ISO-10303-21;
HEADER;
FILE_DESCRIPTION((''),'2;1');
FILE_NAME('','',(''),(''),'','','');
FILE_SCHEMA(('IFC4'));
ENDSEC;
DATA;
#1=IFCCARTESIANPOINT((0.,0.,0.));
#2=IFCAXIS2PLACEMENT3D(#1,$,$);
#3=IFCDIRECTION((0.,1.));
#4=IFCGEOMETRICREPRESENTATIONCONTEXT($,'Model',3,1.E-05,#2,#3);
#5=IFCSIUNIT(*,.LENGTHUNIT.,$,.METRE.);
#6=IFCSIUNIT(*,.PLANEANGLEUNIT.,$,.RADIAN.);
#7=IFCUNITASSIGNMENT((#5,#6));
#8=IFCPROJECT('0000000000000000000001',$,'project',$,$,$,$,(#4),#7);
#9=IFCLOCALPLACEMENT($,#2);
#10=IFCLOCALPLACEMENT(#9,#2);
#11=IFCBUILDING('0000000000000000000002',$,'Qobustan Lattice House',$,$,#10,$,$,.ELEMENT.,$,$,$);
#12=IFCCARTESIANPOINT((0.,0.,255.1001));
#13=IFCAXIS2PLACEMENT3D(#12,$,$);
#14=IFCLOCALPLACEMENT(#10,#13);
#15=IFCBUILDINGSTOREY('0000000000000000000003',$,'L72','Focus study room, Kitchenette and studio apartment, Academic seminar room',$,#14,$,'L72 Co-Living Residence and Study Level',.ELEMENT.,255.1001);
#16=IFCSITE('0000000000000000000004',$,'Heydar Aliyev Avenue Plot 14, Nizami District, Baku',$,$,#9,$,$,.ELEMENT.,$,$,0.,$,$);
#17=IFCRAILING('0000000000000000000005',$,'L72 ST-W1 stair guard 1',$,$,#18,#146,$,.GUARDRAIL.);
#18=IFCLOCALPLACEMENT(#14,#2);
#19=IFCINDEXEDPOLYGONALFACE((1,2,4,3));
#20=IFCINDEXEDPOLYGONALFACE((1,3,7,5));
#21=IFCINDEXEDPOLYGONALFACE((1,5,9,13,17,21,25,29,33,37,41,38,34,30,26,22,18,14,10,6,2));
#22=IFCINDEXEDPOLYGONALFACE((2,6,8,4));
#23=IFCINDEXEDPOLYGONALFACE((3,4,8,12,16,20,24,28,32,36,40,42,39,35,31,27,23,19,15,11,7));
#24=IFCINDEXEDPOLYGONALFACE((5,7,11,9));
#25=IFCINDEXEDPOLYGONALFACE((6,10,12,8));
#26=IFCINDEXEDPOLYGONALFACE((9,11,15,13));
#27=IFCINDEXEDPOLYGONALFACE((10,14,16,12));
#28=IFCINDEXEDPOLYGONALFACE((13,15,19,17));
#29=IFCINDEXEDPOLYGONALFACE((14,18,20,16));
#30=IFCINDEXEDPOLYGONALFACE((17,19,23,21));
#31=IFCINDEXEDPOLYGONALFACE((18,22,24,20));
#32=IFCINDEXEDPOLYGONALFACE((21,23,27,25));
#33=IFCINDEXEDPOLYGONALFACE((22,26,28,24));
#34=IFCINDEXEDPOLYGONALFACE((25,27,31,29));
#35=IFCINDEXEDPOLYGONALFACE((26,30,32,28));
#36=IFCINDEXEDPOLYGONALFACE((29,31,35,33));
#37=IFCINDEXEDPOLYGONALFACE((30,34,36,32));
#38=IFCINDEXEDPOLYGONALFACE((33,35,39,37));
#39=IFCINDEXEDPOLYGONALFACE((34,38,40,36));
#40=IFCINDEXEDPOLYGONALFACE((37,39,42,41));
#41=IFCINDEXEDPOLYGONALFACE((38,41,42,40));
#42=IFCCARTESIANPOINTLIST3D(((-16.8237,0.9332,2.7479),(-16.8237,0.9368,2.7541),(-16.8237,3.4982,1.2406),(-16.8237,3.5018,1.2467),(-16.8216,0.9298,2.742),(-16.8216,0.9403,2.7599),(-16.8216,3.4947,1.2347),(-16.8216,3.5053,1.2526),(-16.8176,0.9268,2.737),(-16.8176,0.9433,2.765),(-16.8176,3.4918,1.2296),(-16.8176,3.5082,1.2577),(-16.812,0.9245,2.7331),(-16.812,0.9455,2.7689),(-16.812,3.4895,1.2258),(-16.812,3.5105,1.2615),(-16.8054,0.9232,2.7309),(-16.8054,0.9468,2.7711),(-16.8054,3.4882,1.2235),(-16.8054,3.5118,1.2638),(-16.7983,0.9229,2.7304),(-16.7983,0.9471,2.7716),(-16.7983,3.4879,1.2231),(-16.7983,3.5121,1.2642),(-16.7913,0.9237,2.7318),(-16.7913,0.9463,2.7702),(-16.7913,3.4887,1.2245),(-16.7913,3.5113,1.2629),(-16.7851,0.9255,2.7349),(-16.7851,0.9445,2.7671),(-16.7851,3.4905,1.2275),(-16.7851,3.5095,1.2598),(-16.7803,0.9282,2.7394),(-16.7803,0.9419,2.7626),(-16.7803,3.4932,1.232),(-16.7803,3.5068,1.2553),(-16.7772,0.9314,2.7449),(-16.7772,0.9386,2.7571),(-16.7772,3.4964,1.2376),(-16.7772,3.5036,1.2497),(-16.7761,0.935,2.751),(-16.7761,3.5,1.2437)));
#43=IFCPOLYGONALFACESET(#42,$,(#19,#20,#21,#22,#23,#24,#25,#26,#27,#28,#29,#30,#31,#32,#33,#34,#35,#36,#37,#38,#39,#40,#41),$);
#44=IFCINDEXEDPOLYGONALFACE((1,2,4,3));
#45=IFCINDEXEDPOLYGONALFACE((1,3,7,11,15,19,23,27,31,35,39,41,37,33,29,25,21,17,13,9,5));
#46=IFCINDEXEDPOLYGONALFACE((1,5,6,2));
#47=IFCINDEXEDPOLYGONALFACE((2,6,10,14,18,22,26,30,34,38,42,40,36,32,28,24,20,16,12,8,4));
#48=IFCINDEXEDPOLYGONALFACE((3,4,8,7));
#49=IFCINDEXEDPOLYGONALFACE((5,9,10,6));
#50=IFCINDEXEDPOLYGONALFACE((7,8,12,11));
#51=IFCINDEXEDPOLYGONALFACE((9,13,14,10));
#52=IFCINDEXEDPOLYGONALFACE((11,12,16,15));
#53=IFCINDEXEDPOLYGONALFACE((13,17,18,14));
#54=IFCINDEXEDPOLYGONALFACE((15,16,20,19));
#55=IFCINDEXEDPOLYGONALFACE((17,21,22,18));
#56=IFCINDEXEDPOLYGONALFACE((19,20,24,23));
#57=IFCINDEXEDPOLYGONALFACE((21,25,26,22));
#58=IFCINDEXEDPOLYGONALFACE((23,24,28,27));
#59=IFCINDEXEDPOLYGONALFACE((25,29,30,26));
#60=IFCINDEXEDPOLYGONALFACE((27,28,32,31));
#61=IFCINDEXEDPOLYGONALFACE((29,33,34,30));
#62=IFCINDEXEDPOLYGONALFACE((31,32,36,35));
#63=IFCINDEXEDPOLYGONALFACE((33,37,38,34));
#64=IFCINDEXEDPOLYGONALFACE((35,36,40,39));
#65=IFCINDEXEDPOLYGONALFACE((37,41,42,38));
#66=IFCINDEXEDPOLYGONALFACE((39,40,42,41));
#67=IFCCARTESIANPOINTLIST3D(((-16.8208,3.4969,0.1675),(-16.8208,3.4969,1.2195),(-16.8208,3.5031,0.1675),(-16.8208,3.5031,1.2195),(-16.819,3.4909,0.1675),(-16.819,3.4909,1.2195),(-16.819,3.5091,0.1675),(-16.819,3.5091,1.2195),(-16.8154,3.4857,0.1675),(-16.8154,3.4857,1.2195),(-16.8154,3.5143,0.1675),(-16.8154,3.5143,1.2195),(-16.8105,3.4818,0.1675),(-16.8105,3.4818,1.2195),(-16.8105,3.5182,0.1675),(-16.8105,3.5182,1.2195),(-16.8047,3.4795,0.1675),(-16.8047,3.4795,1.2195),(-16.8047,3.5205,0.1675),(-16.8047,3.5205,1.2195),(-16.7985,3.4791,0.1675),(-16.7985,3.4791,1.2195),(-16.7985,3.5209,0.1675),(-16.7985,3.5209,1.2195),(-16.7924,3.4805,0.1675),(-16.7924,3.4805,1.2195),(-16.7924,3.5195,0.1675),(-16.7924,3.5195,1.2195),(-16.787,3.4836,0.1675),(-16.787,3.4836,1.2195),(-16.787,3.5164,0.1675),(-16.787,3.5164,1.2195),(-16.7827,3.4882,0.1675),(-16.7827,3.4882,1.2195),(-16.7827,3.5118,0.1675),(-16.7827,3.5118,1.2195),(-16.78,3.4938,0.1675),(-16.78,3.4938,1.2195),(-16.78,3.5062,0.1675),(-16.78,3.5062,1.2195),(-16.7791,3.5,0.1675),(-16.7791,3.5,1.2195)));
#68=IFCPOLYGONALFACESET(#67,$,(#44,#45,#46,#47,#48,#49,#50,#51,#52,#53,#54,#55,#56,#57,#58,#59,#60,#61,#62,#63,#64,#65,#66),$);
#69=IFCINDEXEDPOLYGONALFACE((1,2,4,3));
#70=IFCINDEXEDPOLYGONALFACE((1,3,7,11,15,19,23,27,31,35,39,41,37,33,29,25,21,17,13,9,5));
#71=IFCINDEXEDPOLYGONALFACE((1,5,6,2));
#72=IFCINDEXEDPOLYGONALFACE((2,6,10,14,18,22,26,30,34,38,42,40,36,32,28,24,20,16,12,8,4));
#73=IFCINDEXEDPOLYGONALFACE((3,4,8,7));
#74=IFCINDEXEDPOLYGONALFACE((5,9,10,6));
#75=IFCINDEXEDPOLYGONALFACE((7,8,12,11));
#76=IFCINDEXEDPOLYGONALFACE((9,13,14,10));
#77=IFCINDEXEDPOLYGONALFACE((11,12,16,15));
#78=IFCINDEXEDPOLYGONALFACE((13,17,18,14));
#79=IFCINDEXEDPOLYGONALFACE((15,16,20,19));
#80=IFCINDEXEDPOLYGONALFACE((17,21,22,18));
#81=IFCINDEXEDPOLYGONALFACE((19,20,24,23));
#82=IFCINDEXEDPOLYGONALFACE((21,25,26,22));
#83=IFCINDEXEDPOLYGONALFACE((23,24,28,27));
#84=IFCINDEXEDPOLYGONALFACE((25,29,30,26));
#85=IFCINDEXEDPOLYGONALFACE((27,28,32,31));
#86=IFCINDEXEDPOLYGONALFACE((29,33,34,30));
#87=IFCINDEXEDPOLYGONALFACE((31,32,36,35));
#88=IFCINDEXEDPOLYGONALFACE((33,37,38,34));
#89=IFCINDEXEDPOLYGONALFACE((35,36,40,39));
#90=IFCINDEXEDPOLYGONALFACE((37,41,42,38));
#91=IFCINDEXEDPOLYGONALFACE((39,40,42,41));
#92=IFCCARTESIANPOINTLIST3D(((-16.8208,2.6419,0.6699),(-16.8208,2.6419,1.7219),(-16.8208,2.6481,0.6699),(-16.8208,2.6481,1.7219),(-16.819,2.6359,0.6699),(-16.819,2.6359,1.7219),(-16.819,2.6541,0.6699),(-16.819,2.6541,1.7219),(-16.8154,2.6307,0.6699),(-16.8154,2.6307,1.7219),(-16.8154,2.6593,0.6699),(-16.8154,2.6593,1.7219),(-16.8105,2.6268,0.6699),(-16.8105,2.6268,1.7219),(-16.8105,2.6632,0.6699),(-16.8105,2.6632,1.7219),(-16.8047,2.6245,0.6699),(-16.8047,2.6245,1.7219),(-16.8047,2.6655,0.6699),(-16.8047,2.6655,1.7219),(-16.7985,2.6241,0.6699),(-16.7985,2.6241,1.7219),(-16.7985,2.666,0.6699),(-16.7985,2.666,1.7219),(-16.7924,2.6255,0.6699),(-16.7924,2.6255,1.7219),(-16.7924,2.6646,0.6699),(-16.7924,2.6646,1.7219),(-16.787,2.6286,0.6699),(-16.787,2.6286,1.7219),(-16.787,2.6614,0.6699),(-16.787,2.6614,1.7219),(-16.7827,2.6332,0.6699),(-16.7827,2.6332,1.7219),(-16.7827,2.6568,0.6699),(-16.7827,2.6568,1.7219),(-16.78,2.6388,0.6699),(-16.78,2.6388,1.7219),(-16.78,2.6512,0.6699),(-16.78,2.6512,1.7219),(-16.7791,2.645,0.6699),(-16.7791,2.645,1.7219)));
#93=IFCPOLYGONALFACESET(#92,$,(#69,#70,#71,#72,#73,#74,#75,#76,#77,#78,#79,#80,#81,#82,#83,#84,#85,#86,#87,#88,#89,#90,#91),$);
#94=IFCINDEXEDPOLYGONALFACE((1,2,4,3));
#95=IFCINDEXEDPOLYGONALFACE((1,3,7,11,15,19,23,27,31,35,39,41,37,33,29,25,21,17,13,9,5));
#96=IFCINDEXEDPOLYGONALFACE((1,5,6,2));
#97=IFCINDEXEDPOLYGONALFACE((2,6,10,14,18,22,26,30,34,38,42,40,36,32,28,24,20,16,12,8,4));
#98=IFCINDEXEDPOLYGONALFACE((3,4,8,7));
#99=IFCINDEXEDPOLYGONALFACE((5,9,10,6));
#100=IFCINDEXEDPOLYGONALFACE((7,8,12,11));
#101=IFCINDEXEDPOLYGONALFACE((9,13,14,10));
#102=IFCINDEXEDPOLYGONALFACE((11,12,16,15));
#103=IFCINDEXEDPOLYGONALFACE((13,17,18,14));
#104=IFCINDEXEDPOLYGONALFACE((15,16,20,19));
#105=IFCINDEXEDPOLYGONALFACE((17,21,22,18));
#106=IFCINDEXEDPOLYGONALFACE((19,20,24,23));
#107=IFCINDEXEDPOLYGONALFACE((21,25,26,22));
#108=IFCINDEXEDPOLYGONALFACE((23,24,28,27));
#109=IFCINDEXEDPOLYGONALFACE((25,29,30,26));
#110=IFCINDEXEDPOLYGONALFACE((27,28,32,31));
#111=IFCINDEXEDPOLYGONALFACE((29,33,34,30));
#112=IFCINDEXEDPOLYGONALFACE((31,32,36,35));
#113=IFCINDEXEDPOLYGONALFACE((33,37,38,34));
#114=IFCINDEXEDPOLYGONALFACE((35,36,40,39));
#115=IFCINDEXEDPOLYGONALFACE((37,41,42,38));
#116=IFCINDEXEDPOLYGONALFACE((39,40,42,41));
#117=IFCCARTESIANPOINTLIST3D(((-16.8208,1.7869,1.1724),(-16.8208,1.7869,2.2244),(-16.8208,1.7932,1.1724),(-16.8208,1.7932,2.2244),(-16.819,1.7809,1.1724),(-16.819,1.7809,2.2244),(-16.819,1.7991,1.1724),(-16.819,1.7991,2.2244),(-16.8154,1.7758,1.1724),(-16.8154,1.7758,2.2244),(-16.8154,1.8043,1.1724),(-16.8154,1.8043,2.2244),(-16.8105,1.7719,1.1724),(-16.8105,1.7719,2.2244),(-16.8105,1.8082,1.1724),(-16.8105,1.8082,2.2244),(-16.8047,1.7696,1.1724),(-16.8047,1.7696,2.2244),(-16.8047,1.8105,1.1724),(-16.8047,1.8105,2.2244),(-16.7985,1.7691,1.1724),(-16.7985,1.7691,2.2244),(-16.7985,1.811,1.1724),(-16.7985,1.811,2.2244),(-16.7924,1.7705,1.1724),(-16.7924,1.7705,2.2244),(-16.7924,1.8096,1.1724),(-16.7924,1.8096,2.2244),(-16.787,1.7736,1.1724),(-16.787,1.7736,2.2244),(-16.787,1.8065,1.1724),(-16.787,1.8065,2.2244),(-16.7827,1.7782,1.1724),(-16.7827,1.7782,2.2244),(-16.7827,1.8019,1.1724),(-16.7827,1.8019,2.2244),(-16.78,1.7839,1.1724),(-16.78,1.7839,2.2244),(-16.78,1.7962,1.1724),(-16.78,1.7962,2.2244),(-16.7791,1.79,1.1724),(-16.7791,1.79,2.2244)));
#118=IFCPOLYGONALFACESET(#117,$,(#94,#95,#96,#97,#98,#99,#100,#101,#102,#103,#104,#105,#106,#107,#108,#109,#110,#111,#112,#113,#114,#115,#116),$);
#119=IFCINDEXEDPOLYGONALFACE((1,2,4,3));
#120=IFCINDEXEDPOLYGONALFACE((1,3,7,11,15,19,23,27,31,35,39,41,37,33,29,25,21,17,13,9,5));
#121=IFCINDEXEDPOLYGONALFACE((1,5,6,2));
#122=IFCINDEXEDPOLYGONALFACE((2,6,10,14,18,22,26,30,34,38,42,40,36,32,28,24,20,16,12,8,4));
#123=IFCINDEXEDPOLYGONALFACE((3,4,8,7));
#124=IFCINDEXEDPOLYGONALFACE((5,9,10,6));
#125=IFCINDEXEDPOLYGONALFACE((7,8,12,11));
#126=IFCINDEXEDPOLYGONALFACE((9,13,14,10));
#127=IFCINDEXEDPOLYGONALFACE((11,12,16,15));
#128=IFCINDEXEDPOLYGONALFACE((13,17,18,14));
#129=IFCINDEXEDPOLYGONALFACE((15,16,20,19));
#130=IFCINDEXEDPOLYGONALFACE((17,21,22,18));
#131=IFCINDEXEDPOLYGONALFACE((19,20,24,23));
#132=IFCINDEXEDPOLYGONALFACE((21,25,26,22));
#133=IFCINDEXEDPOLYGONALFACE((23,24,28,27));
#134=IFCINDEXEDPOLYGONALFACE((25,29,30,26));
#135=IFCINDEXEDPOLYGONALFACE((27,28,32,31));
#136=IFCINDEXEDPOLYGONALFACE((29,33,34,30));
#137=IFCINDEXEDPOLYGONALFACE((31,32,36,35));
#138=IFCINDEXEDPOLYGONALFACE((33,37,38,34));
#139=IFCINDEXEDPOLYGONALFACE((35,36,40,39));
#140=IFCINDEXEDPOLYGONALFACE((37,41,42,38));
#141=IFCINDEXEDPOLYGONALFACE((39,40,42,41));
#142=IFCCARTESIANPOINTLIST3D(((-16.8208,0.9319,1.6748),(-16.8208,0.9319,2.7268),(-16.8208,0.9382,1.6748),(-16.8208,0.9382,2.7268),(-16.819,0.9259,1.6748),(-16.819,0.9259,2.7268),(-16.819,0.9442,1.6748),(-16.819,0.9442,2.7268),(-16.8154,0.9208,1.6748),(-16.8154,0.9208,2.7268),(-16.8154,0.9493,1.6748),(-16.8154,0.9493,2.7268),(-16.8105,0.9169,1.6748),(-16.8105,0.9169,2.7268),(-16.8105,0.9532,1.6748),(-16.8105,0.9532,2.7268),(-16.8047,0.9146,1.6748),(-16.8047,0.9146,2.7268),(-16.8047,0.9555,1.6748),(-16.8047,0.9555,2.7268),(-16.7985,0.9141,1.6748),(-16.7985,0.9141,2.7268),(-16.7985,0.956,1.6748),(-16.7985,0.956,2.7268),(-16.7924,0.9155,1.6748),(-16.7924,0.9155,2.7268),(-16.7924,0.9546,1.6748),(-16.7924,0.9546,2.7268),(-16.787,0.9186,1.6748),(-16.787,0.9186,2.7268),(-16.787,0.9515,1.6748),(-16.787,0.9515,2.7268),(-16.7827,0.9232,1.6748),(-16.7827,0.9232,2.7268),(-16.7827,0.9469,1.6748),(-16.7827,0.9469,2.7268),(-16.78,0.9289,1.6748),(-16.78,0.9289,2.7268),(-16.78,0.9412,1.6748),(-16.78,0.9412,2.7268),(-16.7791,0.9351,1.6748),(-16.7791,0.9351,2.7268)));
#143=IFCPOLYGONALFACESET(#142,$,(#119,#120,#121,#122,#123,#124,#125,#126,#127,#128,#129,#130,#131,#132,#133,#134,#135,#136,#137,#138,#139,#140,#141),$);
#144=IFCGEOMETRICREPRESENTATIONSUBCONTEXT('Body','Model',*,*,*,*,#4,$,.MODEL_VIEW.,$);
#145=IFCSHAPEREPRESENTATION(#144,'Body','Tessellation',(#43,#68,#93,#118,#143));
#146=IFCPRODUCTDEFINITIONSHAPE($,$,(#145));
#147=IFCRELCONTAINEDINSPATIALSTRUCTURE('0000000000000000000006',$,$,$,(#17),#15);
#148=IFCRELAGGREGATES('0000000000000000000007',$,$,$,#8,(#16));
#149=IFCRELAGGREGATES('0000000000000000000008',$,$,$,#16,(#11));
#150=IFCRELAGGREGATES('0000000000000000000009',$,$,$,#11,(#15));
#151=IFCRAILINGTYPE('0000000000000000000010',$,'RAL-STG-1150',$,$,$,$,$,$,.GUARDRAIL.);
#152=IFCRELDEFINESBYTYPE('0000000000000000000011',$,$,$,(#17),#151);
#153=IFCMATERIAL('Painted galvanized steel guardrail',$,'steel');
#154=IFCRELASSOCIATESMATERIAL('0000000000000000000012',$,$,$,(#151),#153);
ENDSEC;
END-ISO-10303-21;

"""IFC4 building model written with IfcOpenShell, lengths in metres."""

from ifc_helpers import new_model, si_unit, direction, frame, origin, origin_2d, place, context, subcontext, project, spatial, circle, extrude, material, type_object, element, save


model = new_model("IFC4")

# Units and contexts
model_context = context("Model", 3, precision=1e-05, world=origin(), true_north=direction((0.0, 1.0)))
body_context = subcontext(model_context, "Body", "Model", "MODEL_VIEW")
ifc_project = project(units=[si_unit("LENGTHUNIT", "METRE"), si_unit("PLANEANGLEUNIT", "RADIAN")], contexts=[model_context])

# Site, building, storey
site_placement = place(None, origin())
site = spatial("IfcSite", under=ifc_project, at=site_placement, Name="Heydar Aliyev Avenue Plot 14, Nizami District, Baku", CompositionType="ELEMENT", RefElevation=0.0)
building_placement = place(site_placement, origin())
building = spatial("IfcBuilding", under=site, at=building_placement, Name="Qobustan Lattice House", CompositionType="ELEMENT")
storey_placement = place(building_placement, frame((0.0, 0.0, 255.1001)))
storey = spatial("IfcBuildingStorey", under=building, at=storey_placement, Name="L72", Description="Focus study room, Kitchenette and studio apartment, Academic seminar room", LongName="L72 Co-Living Residence and Study Level", CompositionType="ELEMENT", Elevation=255.1001)

# Railing
ifc_material_1 = material(Name="Painted galvanized steel guardrail", Category="steel")
railing_type = type_object("IfcRailingType", Name="RAL-STG-1150", PredefinedType="GUARDRAIL", material=ifc_material_1)
railing_1_placement = place(storey_placement, frame((-16.8, 3.5, 0.1675)))
element("IfcRailing", 1, at=railing_1_placement, inside=storey, type_object=railing_type, Name="L72 ST-W1 stair guard 1", PredefinedType="GUARDRAIL", context=body_context, shape_type="SweptSolid", body=[
    extrude(circle(Radius=0.0239, at=origin_2d()), frame((0.0, 0.0, 1.0762), z_axis=(0.0, -0.862149, 0.506654), x_axis=(1.0, 0.0, 0.0)), (0.0, 0.0, 1.0), 2.9751),
    extrude(circle(Radius=0.021, at=origin_2d()), origin(), (0.0, 0.0, 1.0), 1.052),
    extrude(circle(Radius=0.021, at=origin_2d()), frame((0.0, -0.855, 0.5024)), (0.0, 0.0, 1.0), 1.052),
    extrude(circle(Radius=0.021, at=origin_2d()), frame((0.0, -1.71, 1.0049)), (0.0, 0.0, 1.0), 1.052),
    extrude(circle(Radius=0.021, at=origin_2d()), frame((0.0, -2.5649, 1.5073)), (0.0, 0.0, 1.0), 1.052),
])

save(model, "model.ifc")
